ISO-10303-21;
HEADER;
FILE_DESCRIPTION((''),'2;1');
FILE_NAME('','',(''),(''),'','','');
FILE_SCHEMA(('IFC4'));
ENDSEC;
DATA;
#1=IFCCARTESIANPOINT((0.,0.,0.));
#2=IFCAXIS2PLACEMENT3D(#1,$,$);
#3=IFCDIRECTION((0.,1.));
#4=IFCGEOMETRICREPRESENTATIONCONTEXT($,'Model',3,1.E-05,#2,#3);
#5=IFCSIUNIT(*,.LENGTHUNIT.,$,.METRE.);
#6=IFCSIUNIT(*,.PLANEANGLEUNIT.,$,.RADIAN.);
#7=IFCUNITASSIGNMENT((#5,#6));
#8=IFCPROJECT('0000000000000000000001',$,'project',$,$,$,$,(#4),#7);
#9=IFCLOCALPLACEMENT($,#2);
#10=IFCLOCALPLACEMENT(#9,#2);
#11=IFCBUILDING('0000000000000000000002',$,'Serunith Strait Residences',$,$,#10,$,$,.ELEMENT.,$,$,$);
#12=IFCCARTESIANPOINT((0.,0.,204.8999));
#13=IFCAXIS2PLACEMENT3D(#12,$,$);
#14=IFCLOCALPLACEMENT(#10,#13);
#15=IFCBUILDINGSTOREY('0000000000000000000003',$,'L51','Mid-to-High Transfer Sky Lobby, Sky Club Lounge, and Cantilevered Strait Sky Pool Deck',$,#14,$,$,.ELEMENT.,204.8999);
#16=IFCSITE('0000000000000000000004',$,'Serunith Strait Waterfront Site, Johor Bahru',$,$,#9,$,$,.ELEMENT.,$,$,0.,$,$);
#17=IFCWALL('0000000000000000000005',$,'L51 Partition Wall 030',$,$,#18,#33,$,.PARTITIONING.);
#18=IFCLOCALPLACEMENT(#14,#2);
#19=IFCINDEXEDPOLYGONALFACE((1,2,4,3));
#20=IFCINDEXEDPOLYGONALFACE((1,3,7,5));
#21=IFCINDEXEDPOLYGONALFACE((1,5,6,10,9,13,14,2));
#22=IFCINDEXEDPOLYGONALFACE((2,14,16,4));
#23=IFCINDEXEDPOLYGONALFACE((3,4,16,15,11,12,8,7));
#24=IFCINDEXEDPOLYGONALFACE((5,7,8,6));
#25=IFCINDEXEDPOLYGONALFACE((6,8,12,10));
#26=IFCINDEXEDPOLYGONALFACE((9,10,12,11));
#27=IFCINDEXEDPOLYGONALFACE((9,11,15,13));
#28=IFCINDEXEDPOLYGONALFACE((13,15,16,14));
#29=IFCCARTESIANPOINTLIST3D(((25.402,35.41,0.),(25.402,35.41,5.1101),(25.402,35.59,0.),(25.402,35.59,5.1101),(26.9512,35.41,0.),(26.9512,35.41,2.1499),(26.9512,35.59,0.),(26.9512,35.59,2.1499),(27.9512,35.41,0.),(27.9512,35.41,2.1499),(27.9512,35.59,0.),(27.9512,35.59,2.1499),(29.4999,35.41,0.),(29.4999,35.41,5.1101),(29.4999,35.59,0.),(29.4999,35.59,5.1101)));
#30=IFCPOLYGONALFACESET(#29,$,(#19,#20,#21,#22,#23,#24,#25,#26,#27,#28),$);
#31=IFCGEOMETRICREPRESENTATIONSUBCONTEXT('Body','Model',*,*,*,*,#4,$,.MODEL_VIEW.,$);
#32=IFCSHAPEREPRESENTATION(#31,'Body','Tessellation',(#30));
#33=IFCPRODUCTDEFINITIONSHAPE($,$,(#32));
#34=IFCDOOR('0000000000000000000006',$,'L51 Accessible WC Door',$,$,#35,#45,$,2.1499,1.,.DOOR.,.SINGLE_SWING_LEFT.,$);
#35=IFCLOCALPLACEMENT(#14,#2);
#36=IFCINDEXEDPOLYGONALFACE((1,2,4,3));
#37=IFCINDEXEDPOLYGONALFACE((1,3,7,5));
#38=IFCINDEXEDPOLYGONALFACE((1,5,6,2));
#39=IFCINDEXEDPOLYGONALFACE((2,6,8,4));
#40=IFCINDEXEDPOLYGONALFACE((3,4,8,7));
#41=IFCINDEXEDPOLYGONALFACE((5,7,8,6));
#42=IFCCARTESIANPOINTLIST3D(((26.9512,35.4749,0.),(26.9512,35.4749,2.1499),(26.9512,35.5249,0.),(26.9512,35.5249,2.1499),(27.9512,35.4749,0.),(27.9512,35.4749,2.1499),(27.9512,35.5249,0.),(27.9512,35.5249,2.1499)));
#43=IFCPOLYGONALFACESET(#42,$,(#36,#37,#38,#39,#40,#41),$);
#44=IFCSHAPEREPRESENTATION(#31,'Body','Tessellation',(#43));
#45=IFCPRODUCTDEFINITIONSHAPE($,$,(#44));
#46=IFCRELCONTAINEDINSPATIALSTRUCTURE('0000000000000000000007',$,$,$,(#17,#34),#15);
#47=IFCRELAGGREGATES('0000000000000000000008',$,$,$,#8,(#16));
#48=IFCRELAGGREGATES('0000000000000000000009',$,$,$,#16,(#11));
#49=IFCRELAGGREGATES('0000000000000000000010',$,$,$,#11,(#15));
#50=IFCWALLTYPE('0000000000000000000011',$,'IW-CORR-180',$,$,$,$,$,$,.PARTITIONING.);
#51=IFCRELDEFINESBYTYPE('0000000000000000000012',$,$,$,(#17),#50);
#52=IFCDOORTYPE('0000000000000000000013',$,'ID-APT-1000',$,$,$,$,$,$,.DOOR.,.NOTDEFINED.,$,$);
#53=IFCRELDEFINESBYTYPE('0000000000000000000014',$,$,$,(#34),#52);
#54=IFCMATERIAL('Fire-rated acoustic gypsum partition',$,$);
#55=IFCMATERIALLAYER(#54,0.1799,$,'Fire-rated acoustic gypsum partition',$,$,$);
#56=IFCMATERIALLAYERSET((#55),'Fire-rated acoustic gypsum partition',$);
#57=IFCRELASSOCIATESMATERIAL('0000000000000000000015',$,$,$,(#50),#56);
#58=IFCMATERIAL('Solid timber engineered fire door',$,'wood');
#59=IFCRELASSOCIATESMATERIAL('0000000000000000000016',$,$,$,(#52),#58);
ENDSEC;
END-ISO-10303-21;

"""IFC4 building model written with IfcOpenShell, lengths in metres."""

from ifc_helpers import new_model, si_unit, direction, frame, frame_2d, origin, place, context, subcontext, project, spatial, rectangle, extrude, source, transform, mapped, material, layer, layer_set, type_object, element, fill, save


model = new_model("IFC4")

# Units and contexts
model_context = context("Model", 3, precision=1e-05, world=origin(), true_north=direction((0.0, 1.0)))
body_context = subcontext(model_context, "Body", "Model", "MODEL_VIEW")
ifc_project = project(units=[si_unit("LENGTHUNIT", "METRE"), si_unit("PLANEANGLEUNIT", "RADIAN")], contexts=[model_context])

# Site, building, storey
site_placement = place(None, origin())
site = spatial("IfcSite", under=ifc_project, at=site_placement, Name="Serunith Strait Waterfront Site, Johor Bahru", CompositionType="ELEMENT", RefElevation=0.0)
building_placement = place(site_placement, origin())
building = spatial("IfcBuilding", under=site, at=building_placement, Name="Serunith Strait Residences", CompositionType="ELEMENT")
storey_placement = place(building_placement, frame((0.0, 0.0, 204.8999)))
storey = spatial("IfcBuildingStorey", under=building, at=storey_placement, Name="L51", Description="Mid-to-High Transfer Sky Lobby, Sky Club Lounge, and Cantilevered Strait Sky Pool Deck", CompositionType="ELEMENT", Elevation=204.8999)

# Shared definitions
ifc_material_1 = material(Name="Fire-rated acoustic gypsum partition")
ifc_layer_1 = layer(ifc_material_1, 0.1799, Name="Fire-rated acoustic gypsum partition")
ifc_layer_set_1 = layer_set([ifc_layer_1], Name="Fire-rated acoustic gypsum partition")
wall_type_1 = type_object("IfcWallType", Name="IW-CORR-180", PredefinedType="PARTITIONING", material=ifc_layer_set_1)

# Wall, opening, door
wall_1_placement = place(storey_placement, frame((25.4021, 35.5, 0.0), z_axis=(0.0, 0.0, 1.0), x_axis=(1.0, 0.0, 0.0)))
wall_1 = element("IfcWall", 1, at=wall_1_placement, inside=storey, type_object=wall_type_1, Name="L51 Partition Wall 030", PredefinedType="PARTITIONING", context=body_context, shape_type="SweptSolid", body=[
    extrude(rectangle(XDim=4.0979, YDim=0.1799, at=frame_2d((2.0488, 0.0))), origin(), (0.0, 0.0, 1.0), 5.1101),
])
opening_1_placement = place(wall_1_placement, frame((1.5491, 0.0, 0.0)))
opening_1 = element("IfcOpeningElement", 2, at=opening_1_placement, cuts=wall_1, PredefinedType="OPENING", context=body_context, shape_type="SweptSolid", body=[
    extrude(rectangle(XDim=1.0, YDim=2.1499, at=frame_2d((0.5, 1.075))), frame((0.0, 0.1001, 0.0), z_axis=(0.0, -1.0, 0.0), x_axis=(1.0, 0.0, 0.0)), (0.0, 0.0, 1.0), 0.2),
])
ifc_material_2 = material(Name="Solid timber engineered fire door", Category="wood")
door_type_1 = type_object("IfcDoorType", Name="ID-APT-1000", OperationType="NOTDEFINED", PredefinedType="DOOR", material=ifc_material_2)
shared_shape_1 = source(origin(), body_context, "Body", "SweptSolid", [
    extrude(rectangle(XDim=1.0, YDim=2.1499, at=frame_2d((0.5, 1.075))), frame((0.0, 0.0249, 0.0), z_axis=(0.0, -1.0, 0.0), x_axis=(1.0, 0.0, 0.0)), (0.0, 0.0, 1.0), 0.05),
])
door_1_placement = place(opening_1_placement, origin())
door_1 = element("IfcDoor", 3, at=door_1_placement, inside=storey, type_object=door_type_1, Name="L51 Accessible WC Door", OperationType="SINGLE_SWING_LEFT", OverallHeight=2.1499, OverallWidth=1.0, PredefinedType="DOOR", context=body_context, shape_type="MappedRepresentation", body=[
    mapped(shared_shape_1, transform((0.0, 0.0, 0.0), scale=1.0)),
])
fill(opening_1, door_1)

save(model, "model.ifc")
